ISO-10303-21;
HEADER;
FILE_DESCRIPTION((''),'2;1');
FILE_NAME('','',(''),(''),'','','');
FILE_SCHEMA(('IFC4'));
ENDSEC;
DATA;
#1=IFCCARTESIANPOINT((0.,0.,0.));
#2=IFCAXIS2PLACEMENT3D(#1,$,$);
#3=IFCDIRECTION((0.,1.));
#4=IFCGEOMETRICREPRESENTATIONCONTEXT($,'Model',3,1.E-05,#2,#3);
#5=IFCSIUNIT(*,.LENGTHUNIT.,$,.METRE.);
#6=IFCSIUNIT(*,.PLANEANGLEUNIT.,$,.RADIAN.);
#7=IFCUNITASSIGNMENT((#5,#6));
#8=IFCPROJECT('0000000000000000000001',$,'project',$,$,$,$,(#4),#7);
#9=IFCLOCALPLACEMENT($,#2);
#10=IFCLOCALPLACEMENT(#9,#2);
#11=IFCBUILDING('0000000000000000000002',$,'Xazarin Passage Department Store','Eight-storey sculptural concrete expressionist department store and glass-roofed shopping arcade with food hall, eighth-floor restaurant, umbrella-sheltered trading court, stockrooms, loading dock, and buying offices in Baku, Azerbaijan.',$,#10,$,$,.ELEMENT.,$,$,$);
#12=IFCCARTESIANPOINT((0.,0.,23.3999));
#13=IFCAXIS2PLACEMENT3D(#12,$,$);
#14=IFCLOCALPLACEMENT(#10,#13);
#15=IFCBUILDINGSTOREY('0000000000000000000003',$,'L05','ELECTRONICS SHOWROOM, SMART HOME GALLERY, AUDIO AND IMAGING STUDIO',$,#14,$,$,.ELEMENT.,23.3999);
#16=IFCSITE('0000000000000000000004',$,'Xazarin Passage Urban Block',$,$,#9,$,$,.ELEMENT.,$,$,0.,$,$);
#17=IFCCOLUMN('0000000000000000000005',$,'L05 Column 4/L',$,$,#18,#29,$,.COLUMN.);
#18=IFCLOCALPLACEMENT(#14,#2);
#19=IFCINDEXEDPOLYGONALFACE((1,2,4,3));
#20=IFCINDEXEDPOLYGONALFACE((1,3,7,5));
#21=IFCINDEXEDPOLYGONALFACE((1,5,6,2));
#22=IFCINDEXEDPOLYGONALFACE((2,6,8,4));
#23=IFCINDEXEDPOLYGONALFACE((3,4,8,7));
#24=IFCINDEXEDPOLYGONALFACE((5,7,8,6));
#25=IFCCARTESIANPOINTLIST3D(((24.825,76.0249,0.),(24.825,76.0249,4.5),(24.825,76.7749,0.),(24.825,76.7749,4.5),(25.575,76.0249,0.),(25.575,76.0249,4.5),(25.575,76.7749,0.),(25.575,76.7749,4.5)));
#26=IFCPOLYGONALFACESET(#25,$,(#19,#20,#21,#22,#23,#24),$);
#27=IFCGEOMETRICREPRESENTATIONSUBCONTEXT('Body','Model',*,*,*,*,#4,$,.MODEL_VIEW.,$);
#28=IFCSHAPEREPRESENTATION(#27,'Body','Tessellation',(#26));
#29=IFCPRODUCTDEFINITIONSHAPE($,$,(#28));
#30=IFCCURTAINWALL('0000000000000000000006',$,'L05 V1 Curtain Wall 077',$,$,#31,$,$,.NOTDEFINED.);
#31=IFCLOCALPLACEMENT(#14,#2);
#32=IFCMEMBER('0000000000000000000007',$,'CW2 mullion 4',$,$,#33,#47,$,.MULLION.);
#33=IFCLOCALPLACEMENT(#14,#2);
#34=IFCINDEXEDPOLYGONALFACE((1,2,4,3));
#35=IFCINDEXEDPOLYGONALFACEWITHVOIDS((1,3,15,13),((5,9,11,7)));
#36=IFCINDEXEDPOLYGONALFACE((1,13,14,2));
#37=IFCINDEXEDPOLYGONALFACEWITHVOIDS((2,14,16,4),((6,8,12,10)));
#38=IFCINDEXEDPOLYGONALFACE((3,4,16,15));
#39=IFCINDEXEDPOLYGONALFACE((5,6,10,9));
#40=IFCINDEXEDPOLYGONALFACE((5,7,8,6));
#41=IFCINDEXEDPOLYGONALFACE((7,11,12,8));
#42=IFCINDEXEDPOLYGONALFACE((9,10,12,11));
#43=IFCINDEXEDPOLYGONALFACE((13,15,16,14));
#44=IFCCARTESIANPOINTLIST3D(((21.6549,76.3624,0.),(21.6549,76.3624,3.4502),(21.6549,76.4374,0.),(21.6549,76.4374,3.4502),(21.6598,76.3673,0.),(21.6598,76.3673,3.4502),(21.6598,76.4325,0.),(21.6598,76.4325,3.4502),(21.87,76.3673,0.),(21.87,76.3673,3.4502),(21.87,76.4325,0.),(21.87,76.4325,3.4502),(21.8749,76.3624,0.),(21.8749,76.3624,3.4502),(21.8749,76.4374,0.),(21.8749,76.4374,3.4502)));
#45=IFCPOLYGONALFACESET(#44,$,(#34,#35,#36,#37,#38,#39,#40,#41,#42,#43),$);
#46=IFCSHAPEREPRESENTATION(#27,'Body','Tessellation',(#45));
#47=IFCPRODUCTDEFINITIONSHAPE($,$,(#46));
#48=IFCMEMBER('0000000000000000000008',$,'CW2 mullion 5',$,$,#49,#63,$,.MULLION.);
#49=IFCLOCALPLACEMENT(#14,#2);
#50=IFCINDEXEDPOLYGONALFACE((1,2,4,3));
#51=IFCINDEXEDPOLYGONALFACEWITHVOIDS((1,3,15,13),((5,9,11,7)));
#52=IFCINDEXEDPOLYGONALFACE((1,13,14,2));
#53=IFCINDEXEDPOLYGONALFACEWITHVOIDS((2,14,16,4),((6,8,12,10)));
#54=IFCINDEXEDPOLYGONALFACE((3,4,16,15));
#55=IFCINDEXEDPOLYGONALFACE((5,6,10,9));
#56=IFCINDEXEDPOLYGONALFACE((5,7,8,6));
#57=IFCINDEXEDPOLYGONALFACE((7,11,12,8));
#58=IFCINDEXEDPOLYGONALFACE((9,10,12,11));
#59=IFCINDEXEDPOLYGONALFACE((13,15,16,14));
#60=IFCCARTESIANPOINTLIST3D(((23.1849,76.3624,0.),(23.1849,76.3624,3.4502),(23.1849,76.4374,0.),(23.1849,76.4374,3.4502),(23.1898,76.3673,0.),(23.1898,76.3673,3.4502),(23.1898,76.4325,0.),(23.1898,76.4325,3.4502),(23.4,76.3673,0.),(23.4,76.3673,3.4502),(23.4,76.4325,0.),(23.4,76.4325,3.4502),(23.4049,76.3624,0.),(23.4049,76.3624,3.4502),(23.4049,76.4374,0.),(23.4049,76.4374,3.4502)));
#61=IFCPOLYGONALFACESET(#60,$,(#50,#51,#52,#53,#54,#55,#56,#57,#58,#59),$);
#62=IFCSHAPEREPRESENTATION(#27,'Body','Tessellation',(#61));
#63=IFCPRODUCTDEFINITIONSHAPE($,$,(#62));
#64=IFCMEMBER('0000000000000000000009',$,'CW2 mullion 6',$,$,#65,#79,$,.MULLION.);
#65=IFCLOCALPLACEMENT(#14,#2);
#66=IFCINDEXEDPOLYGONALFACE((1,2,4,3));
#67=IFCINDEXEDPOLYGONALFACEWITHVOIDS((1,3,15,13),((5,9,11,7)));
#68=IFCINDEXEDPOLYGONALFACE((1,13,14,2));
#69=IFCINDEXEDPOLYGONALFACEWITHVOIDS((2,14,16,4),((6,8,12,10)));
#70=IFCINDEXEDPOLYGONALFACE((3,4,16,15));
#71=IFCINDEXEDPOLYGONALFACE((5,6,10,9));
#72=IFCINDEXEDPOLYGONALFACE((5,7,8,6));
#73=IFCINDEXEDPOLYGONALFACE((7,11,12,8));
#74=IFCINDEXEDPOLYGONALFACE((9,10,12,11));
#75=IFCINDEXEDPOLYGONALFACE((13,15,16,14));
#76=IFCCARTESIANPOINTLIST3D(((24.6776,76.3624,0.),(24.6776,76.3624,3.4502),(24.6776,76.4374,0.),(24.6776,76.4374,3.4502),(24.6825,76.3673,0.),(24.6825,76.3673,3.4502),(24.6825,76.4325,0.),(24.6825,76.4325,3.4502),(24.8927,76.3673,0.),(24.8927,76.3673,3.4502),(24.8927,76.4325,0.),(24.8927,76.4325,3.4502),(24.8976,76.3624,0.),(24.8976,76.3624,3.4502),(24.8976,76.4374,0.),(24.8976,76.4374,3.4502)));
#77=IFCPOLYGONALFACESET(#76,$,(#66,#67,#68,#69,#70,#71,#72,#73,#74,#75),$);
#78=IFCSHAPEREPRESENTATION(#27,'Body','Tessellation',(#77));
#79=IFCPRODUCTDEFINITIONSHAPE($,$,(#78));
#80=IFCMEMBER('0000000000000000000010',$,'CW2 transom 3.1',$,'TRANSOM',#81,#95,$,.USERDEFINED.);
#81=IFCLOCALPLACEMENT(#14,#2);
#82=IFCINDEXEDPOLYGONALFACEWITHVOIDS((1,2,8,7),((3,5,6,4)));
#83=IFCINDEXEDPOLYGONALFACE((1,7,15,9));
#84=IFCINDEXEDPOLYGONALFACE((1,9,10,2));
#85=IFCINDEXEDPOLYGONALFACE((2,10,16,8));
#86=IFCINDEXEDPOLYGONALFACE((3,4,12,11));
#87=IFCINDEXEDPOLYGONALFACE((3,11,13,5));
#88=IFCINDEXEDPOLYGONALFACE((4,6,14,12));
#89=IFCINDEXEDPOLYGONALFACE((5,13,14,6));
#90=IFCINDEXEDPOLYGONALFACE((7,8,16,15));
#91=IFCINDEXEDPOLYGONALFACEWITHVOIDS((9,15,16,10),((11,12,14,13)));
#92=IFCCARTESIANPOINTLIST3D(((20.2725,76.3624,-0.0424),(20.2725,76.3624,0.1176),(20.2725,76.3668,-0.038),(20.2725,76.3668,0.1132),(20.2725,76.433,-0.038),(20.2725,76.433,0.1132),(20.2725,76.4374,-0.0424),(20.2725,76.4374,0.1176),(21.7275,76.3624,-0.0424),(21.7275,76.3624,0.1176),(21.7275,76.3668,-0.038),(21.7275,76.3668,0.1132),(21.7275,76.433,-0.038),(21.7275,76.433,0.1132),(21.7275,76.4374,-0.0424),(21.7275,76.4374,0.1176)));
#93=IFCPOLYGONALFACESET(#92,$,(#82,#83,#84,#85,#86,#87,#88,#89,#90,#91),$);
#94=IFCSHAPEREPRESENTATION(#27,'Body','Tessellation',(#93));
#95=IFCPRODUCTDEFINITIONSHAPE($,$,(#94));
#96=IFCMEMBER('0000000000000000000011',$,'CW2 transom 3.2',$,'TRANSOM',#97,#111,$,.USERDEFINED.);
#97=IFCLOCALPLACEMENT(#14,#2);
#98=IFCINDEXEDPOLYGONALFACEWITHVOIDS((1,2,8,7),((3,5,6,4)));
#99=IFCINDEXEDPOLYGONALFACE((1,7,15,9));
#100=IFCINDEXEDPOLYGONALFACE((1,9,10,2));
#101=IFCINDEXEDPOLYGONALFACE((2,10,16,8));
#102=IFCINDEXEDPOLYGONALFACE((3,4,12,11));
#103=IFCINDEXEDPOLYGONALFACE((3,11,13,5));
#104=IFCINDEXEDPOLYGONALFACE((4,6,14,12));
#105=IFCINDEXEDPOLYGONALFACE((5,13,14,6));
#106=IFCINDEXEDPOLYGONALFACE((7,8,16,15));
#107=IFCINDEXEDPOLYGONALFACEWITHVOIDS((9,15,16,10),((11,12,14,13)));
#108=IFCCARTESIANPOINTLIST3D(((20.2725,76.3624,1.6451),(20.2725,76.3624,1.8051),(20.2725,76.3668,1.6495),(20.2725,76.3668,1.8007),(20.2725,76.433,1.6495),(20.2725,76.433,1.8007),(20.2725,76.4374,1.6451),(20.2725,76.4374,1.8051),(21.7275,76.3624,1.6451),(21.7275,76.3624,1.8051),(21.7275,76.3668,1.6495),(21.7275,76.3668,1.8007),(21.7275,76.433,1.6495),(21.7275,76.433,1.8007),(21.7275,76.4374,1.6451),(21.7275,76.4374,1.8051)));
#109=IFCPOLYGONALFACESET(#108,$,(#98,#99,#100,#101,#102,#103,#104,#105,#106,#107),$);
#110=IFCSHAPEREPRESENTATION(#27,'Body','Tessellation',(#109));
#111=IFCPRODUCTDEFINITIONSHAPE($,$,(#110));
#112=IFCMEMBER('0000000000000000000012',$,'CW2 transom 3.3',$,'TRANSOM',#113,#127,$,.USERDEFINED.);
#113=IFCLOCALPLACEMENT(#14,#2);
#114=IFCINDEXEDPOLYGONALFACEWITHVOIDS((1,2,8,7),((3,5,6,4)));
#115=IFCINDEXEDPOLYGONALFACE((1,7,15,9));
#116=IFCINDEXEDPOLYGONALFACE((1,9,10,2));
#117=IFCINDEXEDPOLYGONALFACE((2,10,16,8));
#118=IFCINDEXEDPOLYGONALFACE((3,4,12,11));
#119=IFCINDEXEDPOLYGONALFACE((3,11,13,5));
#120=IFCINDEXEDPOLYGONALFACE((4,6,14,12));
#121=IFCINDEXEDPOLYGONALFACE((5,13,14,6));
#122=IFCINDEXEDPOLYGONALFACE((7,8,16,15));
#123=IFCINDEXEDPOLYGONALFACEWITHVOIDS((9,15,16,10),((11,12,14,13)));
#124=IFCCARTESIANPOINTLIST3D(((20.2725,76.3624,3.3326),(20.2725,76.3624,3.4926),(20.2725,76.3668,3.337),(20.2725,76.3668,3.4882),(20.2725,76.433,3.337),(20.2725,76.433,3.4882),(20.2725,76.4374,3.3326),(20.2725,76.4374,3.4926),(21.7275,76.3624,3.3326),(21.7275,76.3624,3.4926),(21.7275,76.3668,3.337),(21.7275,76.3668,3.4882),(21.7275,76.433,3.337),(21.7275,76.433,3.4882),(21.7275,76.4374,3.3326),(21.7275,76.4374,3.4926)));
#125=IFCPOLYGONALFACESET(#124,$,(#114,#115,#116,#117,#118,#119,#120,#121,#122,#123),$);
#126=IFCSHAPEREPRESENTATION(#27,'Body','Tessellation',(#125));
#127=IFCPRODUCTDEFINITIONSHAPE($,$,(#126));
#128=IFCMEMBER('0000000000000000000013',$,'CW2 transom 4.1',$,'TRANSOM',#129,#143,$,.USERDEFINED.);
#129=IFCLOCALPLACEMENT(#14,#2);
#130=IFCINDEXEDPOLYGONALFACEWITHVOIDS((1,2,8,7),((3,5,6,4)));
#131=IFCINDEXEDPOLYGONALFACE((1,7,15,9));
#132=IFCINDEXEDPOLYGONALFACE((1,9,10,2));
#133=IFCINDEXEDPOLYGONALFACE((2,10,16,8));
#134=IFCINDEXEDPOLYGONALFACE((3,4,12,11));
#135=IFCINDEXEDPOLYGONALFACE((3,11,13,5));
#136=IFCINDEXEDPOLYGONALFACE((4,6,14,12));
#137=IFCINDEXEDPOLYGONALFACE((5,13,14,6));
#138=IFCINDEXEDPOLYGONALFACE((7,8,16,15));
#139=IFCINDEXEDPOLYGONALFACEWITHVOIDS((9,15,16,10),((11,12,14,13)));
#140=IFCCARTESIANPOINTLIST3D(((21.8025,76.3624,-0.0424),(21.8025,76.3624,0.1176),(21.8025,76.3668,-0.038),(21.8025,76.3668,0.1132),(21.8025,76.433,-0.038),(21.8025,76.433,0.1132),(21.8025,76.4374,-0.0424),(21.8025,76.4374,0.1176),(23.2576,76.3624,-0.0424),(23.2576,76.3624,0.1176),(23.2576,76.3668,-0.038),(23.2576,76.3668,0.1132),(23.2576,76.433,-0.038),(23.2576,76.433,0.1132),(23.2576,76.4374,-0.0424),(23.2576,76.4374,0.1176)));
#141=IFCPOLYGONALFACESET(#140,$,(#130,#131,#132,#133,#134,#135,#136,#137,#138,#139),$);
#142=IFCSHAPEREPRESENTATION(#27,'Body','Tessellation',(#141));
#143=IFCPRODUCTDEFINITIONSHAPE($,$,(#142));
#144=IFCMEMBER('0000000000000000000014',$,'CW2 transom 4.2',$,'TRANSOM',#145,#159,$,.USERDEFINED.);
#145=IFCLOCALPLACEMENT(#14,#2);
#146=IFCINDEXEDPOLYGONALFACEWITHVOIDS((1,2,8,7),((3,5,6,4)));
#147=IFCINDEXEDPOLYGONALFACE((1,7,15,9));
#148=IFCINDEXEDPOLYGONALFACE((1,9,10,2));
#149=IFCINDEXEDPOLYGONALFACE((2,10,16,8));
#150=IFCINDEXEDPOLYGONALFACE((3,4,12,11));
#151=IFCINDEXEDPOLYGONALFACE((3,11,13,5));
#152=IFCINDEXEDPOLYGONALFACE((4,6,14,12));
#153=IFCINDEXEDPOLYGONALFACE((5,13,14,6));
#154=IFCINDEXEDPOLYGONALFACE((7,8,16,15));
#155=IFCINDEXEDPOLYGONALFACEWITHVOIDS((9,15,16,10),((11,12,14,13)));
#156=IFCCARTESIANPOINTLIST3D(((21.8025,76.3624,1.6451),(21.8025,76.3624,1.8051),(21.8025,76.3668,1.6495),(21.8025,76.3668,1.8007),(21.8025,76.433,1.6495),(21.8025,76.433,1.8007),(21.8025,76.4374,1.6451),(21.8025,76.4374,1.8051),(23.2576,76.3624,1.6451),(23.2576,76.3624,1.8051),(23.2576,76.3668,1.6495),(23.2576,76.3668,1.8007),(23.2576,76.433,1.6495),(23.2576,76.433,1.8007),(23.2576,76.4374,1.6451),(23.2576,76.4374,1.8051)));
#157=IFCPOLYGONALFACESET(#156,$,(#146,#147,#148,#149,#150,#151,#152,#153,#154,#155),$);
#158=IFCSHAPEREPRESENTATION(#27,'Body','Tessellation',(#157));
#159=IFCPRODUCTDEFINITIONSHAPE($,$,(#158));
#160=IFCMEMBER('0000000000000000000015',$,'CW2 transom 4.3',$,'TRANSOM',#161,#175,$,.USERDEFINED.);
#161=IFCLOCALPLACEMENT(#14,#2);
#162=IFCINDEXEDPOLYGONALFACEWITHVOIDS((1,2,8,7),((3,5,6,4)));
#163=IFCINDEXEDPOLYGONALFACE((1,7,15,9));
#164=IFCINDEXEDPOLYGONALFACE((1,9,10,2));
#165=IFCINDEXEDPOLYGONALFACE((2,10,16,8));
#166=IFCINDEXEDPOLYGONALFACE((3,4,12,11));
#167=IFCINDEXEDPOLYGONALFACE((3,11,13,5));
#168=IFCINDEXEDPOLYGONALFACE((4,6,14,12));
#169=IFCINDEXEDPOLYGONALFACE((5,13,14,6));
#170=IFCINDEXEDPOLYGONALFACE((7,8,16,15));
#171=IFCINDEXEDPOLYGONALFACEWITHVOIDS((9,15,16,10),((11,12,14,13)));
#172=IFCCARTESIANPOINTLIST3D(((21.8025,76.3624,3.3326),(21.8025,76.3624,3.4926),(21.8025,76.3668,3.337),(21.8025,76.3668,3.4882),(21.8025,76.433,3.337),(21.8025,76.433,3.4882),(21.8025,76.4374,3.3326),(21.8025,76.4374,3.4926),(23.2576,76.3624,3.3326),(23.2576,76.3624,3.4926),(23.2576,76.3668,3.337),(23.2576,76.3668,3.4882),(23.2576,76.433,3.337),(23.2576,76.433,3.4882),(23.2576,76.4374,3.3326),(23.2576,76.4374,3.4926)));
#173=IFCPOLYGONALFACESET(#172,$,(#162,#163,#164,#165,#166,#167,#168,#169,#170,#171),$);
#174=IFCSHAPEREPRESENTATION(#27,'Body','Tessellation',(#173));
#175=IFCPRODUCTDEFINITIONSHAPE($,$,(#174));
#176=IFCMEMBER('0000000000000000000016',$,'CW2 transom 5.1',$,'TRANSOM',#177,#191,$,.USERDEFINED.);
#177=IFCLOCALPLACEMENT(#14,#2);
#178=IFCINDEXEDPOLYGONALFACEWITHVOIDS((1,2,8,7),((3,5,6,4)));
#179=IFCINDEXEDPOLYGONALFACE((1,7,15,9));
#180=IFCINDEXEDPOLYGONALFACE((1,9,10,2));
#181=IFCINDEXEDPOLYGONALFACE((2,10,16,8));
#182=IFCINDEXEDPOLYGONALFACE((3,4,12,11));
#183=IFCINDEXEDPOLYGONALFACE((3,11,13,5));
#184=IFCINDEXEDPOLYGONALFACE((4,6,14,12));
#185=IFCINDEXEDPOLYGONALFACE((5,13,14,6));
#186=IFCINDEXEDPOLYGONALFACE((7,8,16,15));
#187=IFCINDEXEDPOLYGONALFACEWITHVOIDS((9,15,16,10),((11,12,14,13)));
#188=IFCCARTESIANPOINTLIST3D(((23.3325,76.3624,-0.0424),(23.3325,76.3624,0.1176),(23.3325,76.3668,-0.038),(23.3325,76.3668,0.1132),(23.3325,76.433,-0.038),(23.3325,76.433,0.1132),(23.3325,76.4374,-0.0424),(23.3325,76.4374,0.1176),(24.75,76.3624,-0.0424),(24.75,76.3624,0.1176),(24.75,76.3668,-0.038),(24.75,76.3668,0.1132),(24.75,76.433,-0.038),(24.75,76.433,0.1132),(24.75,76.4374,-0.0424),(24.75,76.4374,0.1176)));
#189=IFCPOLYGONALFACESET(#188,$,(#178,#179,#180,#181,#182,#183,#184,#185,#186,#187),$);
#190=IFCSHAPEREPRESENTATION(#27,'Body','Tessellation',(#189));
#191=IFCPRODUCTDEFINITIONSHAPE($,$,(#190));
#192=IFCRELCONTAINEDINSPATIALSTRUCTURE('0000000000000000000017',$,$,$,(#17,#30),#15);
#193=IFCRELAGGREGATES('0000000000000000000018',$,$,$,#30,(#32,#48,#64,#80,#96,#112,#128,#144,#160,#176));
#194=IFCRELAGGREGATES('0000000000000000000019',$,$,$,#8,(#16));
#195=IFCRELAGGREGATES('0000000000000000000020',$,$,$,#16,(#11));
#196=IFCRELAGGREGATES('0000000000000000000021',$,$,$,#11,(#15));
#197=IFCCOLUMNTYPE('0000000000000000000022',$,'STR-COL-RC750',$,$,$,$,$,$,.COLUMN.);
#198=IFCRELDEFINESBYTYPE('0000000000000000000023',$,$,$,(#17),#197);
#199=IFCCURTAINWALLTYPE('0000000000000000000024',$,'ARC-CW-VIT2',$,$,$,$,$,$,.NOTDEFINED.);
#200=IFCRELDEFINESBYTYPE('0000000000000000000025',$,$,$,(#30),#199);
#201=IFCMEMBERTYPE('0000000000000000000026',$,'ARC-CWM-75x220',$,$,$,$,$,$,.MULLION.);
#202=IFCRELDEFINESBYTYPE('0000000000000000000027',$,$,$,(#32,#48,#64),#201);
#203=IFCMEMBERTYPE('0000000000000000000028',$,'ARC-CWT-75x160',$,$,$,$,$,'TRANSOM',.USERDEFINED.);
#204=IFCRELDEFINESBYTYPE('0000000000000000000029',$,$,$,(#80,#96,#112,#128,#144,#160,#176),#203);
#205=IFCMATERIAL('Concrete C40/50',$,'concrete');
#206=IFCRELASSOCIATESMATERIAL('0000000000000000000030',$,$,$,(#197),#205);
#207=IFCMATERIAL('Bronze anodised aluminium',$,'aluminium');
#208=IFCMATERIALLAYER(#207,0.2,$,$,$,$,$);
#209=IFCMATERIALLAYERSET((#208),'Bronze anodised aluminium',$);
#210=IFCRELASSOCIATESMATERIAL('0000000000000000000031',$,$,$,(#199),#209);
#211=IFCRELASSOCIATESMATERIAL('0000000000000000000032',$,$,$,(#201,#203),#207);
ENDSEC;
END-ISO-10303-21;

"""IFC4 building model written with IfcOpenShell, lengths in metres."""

from ifc_helpers import new_model, si_unit, direction, frame, origin, origin_2d, place, context, subcontext, project, spatial, rectangle, hollow_rectangle, extrude, material, layer, layer_set, material_profile, profile_set, type_object, element, aggregate, save


model = new_model("IFC4")

# Units and contexts
model_context = context("Model", 3, precision=1e-05, world=origin(), true_north=direction((0.0, 1.0)))
body_context = subcontext(model_context, "Body", "Model", "MODEL_VIEW")
ifc_project = project(units=[si_unit("LENGTHUNIT", "METRE"), si_unit("PLANEANGLEUNIT", "RADIAN")], contexts=[model_context])

# Site, building, storey
site_placement = place(None, origin())
site = spatial("IfcSite", under=ifc_project, at=site_placement, Name="Xazarin Passage Urban Block", CompositionType="ELEMENT", RefElevation=0.0)
building_placement = place(site_placement, origin())
building = spatial("IfcBuilding", under=site, at=building_placement, Name="Xazarin Passage Department Store", Description="Eight-storey sculptural concrete expressionist department store and glass-roofed shopping arcade with food hall, eighth-floor restaurant, umbrella-sheltered trading court, stockrooms, loading dock, and buying offices in Baku, Azerbaijan.", CompositionType="ELEMENT")
storey_placement = place(building_placement, frame((0.0, 0.0, 23.3999)))
storey = spatial("IfcBuildingStorey", under=building, at=storey_placement, Name="L05", Description="ELECTRONICS SHOWROOM, SMART HOME GALLERY, AUDIO AND IMAGING STUDIO", CompositionType="ELEMENT", Elevation=23.3999)

# Column
ifc_material_1 = material(Name="Concrete C40/50", Category="concrete")
ifc_material_profile_1 = material_profile(ifc_material_1, rectangle(XDim=0.75, YDim=0.75, at=origin_2d()), Name="RC 750x750")
ifc_profile_set_1 = profile_set([ifc_material_profile_1], Name="Concrete C40/50")
column_type = type_object("IfcColumnType", Name="STR-COL-RC750", PredefinedType="COLUMN", material=ifc_profile_set_1)
column_placement = place(storey_placement, frame((25.2, 76.3999, 0.0), z_axis=(0.0, 0.0, 1.0), x_axis=(1.0, 0.0, 0.0)))
element("IfcColumn", 1, at=column_placement, inside=storey, type_object=column_type, Name="L05 Column 4/L", PredefinedType="COLUMN", context=body_context, shape_type="SweptSolid", body=[
    extrude(rectangle(XDim=0.75, YDim=0.75, at=origin_2d()), origin(), (0.0, 0.0, 1.0), 4.5),
])

# Curtain wall, members
ifc_material_2 = material(Name="Bronze anodised aluminium", Category="aluminium")
ifc_layer_1 = layer(ifc_material_2, 0.2)
ifc_layer_set_1 = layer_set([ifc_layer_1], Name="Bronze anodised aluminium")
curtain_wall_type = type_object("IfcCurtainWallType", Name="ARC-CW-VIT2", PredefinedType="NOTDEFINED", material=ifc_layer_set_1)
curtain_wall_placement = place(storey_placement, origin())
curtain_wall = element("IfcCurtainWall", 2, at=curtain_wall_placement, inside=storey, type_object=curtain_wall_type, Name="L05 V1 Curtain Wall 077", PredefinedType="NOTDEFINED")
ifc_material_profile_2 = material_profile(ifc_material_2, hollow_rectangle(XDim=0.075, YDim=0.22, WallThickness=0.0049, at=origin_2d()), Name="ALU 75x220")
ifc_profile_set_2 = profile_set([ifc_material_profile_2], Name="Bronze anodised aluminium")
member_type_1 = type_object("IfcMemberType", Name="ARC-CWM-75x220", PredefinedType="MULLION", material=ifc_profile_set_2)
member_1_placement = place(storey_placement, frame((21.7649, 76.3999, 0.0), z_axis=(0.0, 0.0, 1.0), x_axis=(0.0, 1.0, 0.0)))
member_1 = element("IfcMember", 3, at=member_1_placement, type_object=member_type_1, Name="CW2 mullion 4", PredefinedType="MULLION", context=body_context, shape_type="SweptSolid", body=[
    extrude(hollow_rectangle(XDim=0.075, YDim=0.22, WallThickness=0.0049, at=origin_2d()), origin(), (0.0, 0.0, 1.0), 3.4502),
])
member_2_placement = place(storey_placement, frame((23.2949, 76.3999, 0.0), z_axis=(0.0, 0.0, 1.0), x_axis=(0.0, 1.0, 0.0)))
member_2 = element("IfcMember", 4, at=member_2_placement, type_object=member_type_1, Name="CW2 mullion 5", PredefinedType="MULLION", context=body_context, shape_type="SweptSolid", body=[
    extrude(hollow_rectangle(XDim=0.075, YDim=0.22, WallThickness=0.0049, at=origin_2d()), origin(), (0.0, 0.0, 1.0), 3.4502),
])
member_3_placement = place(storey_placement, frame((24.7876, 76.3999, 0.0), z_axis=(0.0, 0.0, 1.0), x_axis=(0.0, 1.0, 0.0)))
member_3 = element("IfcMember", 5, at=member_3_placement, type_object=member_type_1, Name="CW2 mullion 6", PredefinedType="MULLION", context=body_context, shape_type="SweptSolid", body=[
    extrude(hollow_rectangle(XDim=0.075, YDim=0.22, WallThickness=0.0049, at=origin_2d()), origin(), (0.0, 0.0, 1.0), 3.4502),
])
ifc_material_profile_3 = material_profile(ifc_material_2, hollow_rectangle(XDim=0.075, YDim=0.1599, WallThickness=0.0044, at=origin_2d()), Name="ALU 75x160")
ifc_profile_set_3 = profile_set([ifc_material_profile_3], Name="Bronze anodised aluminium")
member_type_2 = type_object("IfcMemberType", Name="ARC-CWT-75x160", ElementType="TRANSOM", PredefinedType="USERDEFINED", material=ifc_profile_set_3)
member_4_placement = place(storey_placement, frame((20.2725, 76.3999, 0.0376), z_axis=(1.0, 0.0, 0.0), x_axis=(0.0, 1.0, 0.0)))
member_4 = element("IfcMember", 6, at=member_4_placement, type_object=member_type_2, Name="CW2 transom 3.1", ObjectType="TRANSOM", PredefinedType="USERDEFINED", context=body_context, shape_type="SweptSolid", body=[
    extrude(hollow_rectangle(XDim=0.075, YDim=0.1599, WallThickness=0.0044, at=origin_2d()), origin(), (0.0, 0.0, 1.0), 1.4551),
])
member_5_placement = place(storey_placement, frame((20.2725, 76.3999, 1.7251), z_axis=(1.0, 0.0, 0.0), x_axis=(0.0, 1.0, 0.0)))
member_5 = element("IfcMember", 7, at=member_5_placement, type_object=member_type_2, Name="CW2 transom 3.2", ObjectType="TRANSOM", PredefinedType="USERDEFINED", context=body_context, shape_type="SweptSolid", body=[
    extrude(hollow_rectangle(XDim=0.075, YDim=0.1599, WallThickness=0.0044, at=origin_2d()), origin(), (0.0, 0.0, 1.0), 1.4551),
])
member_6_placement = place(storey_placement, frame((20.2725, 76.3999, 3.4126), z_axis=(1.0, 0.0, 0.0), x_axis=(0.0, 1.0, 0.0)))
member_6 = element("IfcMember", 8, at=member_6_placement, type_object=member_type_2, Name="CW2 transom 3.3", ObjectType="TRANSOM", PredefinedType="USERDEFINED", context=body_context, shape_type="SweptSolid", body=[
    extrude(hollow_rectangle(XDim=0.075, YDim=0.1599, WallThickness=0.0044, at=origin_2d()), origin(), (0.0, 0.0, 1.0), 1.4551),
])
member_7_placement = place(storey_placement, frame((21.8025, 76.3999, 0.0376), z_axis=(1.0, 0.0, 0.0), x_axis=(0.0, 1.0, 0.0)))
member_7 = element("IfcMember", 9, at=member_7_placement, type_object=member_type_2, Name="CW2 transom 4.1", ObjectType="TRANSOM", PredefinedType="USERDEFINED", context=body_context, shape_type="SweptSolid", body=[
    extrude(hollow_rectangle(XDim=0.075, YDim=0.1599, WallThickness=0.0044, at=origin_2d()), origin(), (0.0, 0.0, 1.0), 1.4551),
])
member_8_placement = place(storey_placement, frame((21.8025, 76.3999, 1.7251), z_axis=(1.0, 0.0, 0.0), x_axis=(0.0, 1.0, 0.0)))
member_8 = element("IfcMember", 10, at=member_8_placement, type_object=member_type_2, Name="CW2 transom 4.2", ObjectType="TRANSOM", PredefinedType="USERDEFINED", context=body_context, shape_type="SweptSolid", body=[
    extrude(hollow_rectangle(XDim=0.075, YDim=0.1599, WallThickness=0.0044, at=origin_2d()), origin(), (0.0, 0.0, 1.0), 1.4551),
])
member_9_placement = place(storey_placement, frame((21.8025, 76.3999, 3.4126), z_axis=(1.0, 0.0, 0.0), x_axis=(0.0, 1.0, 0.0)))
member_9 = element("IfcMember", 11, at=member_9_placement, type_object=member_type_2, Name="CW2 transom 4.3", ObjectType="TRANSOM", PredefinedType="USERDEFINED", context=body_context, shape_type="SweptSolid", body=[
    extrude(hollow_rectangle(XDim=0.075, YDim=0.1599, WallThickness=0.0044, at=origin_2d()), origin(), (0.0, 0.0, 1.0), 1.4551),
])
member_10_placement = place(storey_placement, frame((23.3325, 76.3999, 0.0376), z_axis=(1.0, 0.0, 0.0), x_axis=(0.0, 1.0, 0.0)))
member_10 = element("IfcMember", 12, at=member_10_placement, type_object=member_type_2, Name="CW2 transom 5.1", ObjectType="TRANSOM", PredefinedType="USERDEFINED", context=body_context, shape_type="SweptSolid", body=[
    extrude(hollow_rectangle(XDim=0.075, YDim=0.1599, WallThickness=0.0044, at=origin_2d()), origin(), (0.0, 0.0, 1.0), 1.4175),
])

aggregate(curtain_wall, [member_1, member_2, member_3, member_4, member_5, member_6, member_7, member_8, member_9, member_10])

save(model, "model.ifc")
